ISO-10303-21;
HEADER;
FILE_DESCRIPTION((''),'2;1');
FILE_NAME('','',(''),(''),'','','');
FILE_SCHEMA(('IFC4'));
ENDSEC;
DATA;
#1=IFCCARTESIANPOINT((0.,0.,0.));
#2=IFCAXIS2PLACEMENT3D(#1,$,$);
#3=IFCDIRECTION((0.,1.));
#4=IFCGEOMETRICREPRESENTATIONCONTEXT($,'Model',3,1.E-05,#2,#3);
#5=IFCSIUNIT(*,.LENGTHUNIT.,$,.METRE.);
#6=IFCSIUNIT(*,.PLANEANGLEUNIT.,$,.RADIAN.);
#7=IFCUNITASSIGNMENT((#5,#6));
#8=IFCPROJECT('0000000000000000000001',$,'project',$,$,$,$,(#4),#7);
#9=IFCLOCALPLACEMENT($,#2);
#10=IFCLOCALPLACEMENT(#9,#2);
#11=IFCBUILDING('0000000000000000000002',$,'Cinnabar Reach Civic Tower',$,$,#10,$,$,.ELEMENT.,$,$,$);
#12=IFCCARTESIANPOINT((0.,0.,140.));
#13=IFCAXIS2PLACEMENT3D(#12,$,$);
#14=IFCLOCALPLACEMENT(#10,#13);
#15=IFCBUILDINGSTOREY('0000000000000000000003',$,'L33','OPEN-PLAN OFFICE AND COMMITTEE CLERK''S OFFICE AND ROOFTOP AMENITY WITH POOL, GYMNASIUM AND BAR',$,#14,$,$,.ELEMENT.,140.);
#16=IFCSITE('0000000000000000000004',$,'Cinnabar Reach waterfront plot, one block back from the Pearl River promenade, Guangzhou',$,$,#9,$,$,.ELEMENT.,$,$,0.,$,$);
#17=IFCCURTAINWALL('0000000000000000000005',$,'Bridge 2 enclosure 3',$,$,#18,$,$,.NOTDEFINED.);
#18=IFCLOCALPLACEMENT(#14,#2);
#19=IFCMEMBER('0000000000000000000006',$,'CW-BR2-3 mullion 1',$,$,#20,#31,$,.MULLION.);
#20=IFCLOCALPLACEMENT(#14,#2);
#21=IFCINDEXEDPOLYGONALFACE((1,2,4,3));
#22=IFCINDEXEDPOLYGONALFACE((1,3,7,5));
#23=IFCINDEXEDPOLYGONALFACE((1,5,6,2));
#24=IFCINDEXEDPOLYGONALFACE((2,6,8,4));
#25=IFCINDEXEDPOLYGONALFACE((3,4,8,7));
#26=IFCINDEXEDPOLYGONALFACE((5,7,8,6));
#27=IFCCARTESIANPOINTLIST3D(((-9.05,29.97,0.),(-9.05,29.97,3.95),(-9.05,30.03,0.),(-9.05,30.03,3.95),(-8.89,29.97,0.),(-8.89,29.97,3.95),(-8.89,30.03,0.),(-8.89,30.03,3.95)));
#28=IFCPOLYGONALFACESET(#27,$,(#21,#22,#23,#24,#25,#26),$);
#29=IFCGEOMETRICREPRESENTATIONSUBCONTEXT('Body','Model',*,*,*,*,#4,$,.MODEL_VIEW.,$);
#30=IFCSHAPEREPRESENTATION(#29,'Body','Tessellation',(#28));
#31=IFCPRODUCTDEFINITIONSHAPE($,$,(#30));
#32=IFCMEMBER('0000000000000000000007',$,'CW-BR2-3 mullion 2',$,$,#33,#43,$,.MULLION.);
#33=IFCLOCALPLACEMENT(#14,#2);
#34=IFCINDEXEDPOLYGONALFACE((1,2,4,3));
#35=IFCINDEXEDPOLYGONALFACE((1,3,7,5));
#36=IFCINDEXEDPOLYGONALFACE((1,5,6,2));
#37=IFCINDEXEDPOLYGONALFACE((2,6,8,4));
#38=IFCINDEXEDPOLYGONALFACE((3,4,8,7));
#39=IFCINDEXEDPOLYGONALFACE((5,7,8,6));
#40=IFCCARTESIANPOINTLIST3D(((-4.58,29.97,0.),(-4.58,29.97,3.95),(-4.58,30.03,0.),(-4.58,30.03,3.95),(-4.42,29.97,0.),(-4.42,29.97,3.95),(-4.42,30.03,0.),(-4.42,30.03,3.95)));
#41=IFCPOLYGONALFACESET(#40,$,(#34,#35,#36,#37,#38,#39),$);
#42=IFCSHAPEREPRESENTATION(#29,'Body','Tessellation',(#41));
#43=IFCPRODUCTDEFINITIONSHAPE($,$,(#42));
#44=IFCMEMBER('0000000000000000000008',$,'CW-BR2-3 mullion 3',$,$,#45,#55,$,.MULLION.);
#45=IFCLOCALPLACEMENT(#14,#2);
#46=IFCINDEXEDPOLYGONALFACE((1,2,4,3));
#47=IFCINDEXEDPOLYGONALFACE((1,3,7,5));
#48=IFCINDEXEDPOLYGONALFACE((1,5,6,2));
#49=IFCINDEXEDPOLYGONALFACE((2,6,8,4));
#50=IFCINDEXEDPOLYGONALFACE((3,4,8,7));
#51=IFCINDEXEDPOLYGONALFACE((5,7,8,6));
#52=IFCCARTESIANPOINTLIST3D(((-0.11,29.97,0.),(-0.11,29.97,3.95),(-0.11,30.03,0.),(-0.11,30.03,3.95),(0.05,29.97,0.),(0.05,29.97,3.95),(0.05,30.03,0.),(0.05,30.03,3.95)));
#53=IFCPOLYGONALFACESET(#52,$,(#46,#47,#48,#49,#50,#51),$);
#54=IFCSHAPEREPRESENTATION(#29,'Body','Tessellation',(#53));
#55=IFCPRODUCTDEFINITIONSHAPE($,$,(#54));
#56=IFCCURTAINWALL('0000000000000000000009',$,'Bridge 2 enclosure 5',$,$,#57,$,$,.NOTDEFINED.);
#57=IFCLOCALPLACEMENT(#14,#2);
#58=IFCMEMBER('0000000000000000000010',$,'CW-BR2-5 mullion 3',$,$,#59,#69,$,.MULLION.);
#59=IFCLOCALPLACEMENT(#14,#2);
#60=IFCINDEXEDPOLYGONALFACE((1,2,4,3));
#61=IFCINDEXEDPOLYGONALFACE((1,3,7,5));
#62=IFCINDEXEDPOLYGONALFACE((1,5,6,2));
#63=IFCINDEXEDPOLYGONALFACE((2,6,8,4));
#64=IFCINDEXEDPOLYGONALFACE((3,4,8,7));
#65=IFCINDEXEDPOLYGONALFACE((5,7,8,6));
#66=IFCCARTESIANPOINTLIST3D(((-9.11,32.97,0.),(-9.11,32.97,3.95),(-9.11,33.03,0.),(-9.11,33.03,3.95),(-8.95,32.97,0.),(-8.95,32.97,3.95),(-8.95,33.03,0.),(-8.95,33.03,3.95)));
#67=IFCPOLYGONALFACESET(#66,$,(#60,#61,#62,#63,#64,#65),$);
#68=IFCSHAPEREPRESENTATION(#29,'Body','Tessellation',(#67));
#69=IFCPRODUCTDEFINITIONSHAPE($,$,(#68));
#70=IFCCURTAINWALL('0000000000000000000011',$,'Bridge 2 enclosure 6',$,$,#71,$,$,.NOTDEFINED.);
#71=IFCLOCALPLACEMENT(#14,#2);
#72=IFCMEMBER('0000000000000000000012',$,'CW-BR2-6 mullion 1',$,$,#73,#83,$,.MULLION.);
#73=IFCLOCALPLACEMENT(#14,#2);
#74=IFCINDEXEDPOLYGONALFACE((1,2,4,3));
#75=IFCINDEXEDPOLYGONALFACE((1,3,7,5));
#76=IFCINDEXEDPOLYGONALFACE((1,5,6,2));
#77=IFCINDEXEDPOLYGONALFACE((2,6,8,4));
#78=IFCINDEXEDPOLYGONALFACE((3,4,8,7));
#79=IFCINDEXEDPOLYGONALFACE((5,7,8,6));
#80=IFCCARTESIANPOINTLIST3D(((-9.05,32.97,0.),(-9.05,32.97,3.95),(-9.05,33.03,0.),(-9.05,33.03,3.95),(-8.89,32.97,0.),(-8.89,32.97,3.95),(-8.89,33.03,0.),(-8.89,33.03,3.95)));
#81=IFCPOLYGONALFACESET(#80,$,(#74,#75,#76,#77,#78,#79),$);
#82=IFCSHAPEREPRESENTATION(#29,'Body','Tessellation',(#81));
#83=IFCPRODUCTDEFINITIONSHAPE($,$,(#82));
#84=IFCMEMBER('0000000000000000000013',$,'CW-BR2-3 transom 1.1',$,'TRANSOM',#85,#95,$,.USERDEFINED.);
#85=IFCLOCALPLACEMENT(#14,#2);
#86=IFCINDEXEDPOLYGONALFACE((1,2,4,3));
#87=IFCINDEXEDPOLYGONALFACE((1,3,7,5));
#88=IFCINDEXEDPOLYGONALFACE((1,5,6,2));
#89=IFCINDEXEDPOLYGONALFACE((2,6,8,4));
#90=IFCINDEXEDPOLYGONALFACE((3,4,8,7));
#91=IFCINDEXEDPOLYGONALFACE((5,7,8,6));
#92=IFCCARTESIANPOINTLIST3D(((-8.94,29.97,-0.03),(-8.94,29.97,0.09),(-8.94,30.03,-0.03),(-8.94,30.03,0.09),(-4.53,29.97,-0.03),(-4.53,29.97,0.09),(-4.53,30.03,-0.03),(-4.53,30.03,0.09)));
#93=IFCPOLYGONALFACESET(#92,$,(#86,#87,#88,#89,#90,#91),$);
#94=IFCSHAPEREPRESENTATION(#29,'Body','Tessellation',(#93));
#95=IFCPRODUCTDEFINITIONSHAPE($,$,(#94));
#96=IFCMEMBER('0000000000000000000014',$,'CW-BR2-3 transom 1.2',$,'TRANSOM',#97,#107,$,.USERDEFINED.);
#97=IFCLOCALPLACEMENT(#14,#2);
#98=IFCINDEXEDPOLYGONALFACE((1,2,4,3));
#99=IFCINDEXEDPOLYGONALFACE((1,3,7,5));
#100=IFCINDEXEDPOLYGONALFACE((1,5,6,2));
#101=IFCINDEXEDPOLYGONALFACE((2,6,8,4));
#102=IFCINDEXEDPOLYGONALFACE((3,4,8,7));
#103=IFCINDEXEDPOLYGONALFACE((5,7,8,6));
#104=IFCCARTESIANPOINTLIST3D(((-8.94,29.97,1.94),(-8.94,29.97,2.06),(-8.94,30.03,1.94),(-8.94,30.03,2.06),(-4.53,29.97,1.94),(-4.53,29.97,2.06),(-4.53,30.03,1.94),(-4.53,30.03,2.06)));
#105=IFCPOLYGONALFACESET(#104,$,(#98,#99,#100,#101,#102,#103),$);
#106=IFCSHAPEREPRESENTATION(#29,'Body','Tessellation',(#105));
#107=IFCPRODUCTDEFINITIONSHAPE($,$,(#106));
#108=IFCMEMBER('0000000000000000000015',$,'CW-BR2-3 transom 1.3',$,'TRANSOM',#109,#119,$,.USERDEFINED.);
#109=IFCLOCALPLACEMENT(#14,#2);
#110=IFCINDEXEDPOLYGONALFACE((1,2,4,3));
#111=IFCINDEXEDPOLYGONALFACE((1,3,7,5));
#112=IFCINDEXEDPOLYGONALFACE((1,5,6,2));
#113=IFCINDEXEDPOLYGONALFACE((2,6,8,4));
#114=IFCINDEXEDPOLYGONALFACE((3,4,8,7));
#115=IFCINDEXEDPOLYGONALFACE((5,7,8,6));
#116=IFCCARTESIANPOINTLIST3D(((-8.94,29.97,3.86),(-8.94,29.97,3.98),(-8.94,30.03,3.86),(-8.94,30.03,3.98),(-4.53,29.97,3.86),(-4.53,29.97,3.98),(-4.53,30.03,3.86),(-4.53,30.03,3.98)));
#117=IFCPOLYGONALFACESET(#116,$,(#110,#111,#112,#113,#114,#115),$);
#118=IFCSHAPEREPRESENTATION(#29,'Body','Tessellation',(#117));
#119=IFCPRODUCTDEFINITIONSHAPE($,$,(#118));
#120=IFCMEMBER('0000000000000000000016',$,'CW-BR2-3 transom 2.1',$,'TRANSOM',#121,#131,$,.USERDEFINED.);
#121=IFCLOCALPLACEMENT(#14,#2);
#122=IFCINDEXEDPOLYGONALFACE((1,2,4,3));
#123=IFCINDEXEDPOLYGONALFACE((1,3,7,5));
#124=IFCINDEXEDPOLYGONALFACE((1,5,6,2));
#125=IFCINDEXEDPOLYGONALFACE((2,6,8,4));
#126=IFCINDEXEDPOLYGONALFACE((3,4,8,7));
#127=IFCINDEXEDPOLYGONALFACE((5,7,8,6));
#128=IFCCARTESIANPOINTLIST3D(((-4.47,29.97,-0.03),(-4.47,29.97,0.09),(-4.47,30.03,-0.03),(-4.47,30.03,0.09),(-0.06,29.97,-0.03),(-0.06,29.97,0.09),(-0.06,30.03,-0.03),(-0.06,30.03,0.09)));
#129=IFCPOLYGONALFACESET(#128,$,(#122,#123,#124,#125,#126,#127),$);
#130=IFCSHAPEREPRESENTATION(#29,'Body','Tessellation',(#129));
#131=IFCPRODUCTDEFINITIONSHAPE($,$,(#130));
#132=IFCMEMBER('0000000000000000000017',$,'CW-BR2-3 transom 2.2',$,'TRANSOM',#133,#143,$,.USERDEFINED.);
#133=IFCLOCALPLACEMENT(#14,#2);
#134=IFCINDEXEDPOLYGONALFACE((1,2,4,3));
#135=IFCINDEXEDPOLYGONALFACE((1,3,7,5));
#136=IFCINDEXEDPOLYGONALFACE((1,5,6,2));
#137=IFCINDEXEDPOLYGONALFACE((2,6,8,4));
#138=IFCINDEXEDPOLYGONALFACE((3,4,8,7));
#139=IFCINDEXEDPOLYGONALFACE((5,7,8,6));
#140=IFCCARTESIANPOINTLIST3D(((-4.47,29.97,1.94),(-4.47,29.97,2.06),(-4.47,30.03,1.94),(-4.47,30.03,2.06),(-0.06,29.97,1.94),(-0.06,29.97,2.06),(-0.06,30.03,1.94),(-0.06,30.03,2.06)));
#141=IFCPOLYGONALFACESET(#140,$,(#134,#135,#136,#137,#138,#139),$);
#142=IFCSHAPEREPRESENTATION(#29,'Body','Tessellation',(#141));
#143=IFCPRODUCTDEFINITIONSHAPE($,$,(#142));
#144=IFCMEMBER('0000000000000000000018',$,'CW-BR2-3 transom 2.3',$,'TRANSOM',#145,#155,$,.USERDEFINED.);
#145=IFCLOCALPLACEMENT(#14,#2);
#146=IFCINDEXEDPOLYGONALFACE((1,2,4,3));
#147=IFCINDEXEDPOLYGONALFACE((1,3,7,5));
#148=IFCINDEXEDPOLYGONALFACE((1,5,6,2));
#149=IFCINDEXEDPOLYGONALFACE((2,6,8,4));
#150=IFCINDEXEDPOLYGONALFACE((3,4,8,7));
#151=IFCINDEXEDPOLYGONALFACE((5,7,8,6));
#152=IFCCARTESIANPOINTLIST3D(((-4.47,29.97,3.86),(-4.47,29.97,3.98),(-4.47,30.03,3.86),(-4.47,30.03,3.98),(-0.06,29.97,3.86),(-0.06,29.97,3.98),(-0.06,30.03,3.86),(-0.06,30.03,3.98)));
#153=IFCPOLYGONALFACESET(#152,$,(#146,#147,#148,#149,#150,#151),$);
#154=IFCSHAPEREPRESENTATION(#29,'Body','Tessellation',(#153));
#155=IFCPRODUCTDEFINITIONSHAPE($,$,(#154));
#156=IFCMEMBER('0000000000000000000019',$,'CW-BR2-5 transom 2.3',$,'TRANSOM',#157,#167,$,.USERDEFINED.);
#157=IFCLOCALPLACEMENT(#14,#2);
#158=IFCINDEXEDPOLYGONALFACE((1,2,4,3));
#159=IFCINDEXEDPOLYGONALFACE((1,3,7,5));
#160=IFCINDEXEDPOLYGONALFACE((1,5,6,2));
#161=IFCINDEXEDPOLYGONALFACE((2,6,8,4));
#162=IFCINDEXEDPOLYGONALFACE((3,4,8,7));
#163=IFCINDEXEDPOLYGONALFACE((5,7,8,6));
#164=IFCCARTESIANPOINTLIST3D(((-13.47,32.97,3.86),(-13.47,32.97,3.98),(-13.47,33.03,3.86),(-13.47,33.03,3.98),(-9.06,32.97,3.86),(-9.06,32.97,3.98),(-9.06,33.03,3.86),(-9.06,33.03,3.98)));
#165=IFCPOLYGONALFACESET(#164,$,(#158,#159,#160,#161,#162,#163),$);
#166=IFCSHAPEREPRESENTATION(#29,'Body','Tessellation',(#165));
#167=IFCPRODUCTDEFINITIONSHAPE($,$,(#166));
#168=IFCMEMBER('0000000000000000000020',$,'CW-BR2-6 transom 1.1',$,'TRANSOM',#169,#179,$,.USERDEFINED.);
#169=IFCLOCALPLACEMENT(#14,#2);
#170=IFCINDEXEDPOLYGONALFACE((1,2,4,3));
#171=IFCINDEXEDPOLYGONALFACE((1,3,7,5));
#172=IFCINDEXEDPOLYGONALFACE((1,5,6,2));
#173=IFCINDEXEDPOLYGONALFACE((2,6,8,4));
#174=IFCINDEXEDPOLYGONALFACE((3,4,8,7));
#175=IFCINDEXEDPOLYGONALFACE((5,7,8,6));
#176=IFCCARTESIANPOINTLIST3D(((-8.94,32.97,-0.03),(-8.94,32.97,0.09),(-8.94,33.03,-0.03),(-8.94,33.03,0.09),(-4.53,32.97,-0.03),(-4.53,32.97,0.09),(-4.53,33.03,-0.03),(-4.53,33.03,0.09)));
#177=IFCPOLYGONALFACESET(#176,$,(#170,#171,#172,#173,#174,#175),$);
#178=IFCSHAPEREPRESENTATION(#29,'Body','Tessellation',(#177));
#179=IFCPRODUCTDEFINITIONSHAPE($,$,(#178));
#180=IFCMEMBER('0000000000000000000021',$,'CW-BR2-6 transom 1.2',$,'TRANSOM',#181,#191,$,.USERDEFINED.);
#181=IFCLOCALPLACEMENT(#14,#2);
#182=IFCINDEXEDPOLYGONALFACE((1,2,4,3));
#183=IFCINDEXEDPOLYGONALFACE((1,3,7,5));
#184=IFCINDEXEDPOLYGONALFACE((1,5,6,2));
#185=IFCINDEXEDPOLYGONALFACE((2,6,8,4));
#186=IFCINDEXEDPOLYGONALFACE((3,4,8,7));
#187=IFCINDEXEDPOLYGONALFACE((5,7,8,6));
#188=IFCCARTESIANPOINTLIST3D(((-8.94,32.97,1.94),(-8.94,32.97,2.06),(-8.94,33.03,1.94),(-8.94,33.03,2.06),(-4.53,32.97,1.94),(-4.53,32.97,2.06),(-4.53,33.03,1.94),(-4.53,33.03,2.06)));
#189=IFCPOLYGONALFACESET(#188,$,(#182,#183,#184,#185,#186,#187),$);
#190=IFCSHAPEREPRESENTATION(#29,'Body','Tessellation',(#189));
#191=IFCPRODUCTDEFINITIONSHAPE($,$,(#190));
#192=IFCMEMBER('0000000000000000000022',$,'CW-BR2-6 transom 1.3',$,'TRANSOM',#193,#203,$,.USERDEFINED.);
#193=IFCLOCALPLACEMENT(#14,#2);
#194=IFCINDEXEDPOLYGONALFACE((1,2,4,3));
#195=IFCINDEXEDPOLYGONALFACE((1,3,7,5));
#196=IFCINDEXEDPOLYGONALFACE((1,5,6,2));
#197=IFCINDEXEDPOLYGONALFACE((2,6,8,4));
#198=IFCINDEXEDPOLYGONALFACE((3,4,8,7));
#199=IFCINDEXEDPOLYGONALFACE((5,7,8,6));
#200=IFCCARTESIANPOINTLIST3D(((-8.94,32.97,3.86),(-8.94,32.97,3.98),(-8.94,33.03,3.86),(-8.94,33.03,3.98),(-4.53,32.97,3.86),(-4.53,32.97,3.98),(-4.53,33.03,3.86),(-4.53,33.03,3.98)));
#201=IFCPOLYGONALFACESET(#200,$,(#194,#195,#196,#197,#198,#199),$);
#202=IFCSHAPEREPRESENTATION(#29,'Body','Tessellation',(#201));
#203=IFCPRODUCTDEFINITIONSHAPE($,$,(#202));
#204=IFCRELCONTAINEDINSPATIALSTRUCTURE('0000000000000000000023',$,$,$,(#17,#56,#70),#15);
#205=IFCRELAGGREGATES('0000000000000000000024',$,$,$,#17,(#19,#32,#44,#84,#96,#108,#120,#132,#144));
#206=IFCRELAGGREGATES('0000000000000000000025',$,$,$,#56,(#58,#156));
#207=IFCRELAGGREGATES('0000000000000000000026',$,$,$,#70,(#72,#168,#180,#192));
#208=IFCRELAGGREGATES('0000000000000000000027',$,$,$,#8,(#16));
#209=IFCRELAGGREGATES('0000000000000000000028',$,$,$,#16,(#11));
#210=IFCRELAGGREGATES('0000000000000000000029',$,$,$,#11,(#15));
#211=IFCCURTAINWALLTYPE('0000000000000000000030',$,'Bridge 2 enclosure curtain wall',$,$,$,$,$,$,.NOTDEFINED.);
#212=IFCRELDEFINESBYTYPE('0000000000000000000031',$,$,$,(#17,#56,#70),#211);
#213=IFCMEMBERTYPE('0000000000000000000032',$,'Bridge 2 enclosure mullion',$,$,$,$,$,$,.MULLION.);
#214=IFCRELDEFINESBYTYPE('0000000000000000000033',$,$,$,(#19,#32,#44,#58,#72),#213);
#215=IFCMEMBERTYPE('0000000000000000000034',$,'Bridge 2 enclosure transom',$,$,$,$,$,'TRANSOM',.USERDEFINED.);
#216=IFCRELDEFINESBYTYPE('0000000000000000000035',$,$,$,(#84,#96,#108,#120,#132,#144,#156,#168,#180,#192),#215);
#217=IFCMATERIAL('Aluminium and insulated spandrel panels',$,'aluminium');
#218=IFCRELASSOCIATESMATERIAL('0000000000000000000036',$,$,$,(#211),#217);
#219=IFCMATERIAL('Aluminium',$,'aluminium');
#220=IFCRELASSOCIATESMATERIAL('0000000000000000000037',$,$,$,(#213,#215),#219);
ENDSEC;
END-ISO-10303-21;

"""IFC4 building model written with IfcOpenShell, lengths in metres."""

from ifc_helpers import new_model, si_unit, direction, frame, origin, origin_2d, place, context, subcontext, project, spatial, rectangle, extrude, material, material_profile, profile_set, type_object, element, aggregate, save


model = new_model("IFC4")

# Units and contexts
model_context = context("Model", 3, precision=1e-05, world=origin(), true_north=direction((0.0, 1.0)))
body_context = subcontext(model_context, "Body", "Model", "MODEL_VIEW")
ifc_project = project(units=[si_unit("LENGTHUNIT", "METRE"), si_unit("PLANEANGLEUNIT", "RADIAN")], contexts=[model_context])

# Site, building, storey
site_placement = place(None, origin())
site = spatial("IfcSite", under=ifc_project, at=site_placement, Name="Cinnabar Reach waterfront plot, one block back from the Pearl River promenade, Guangzhou", CompositionType="ELEMENT", RefElevation=0.0)
building_placement = place(site_placement, origin())
building = spatial("IfcBuilding", under=site, at=building_placement, Name="Cinnabar Reach Civic Tower", CompositionType="ELEMENT")
storey_placement = place(building_placement, frame((0.0, 0.0, 140.0)))
storey = spatial("IfcBuildingStorey", under=building, at=storey_placement, Name="L33", Description="OPEN-PLAN OFFICE AND COMMITTEE CLERK'S OFFICE AND ROOFTOP AMENITY WITH POOL, GYMNASIUM AND BAR", CompositionType="ELEMENT", Elevation=140.0)

# Curtain wall, members
ifc_material_1 = material(Name="Aluminium and insulated spandrel panels", Category="aluminium")
curtain_wall_type = type_object("IfcCurtainWallType", Name="Bridge 2 enclosure curtain wall", PredefinedType="NOTDEFINED", material=ifc_material_1)
curtain_wall_1_placement = place(storey_placement, origin())
curtain_wall_1 = element("IfcCurtainWall", 1, at=curtain_wall_1_placement, inside=storey, type_object=curtain_wall_type, Name="Bridge 2 enclosure 3", PredefinedType="NOTDEFINED")
ifc_material_2 = material(Name="Aluminium", Category="aluminium")
ifc_material_profile_1 = material_profile(ifc_material_2, rectangle(XDim=0.06, YDim=0.16, at=origin_2d()), Name="Bridge 2 enclosure mullion")
ifc_profile_set_1 = profile_set([ifc_material_profile_1], Name="Aluminium")
member_type_1 = type_object("IfcMemberType", Name="Bridge 2 enclosure mullion", PredefinedType="MULLION", material=ifc_profile_set_1)
member_1_placement = place(storey_placement, frame((-8.97, 30.0, 0.0), z_axis=(0.0, 0.0, 1.0), x_axis=(0.0, 1.0, 0.0)))
member_1 = element("IfcMember", 2, at=member_1_placement, type_object=member_type_1, Name="CW-BR2-3 mullion 1", PredefinedType="MULLION", context=body_context, shape_type="SweptSolid", body=[
    extrude(rectangle(XDim=0.06, YDim=0.16, at=origin_2d()), origin(), (0.0, 0.0, 1.0), 3.95),
])
member_2_placement = place(storey_placement, frame((-4.5, 30.0, 0.0), z_axis=(0.0, 0.0, 1.0), x_axis=(0.0, 1.0, 0.0)))
member_2 = element("IfcMember", 3, at=member_2_placement, type_object=member_type_1, Name="CW-BR2-3 mullion 2", PredefinedType="MULLION", context=body_context, shape_type="SweptSolid", body=[
    extrude(rectangle(XDim=0.06, YDim=0.16, at=origin_2d()), origin(), (0.0, 0.0, 1.0), 3.95),
])
member_3_placement = place(storey_placement, frame((-0.03, 30.0, 0.0), z_axis=(0.0, 0.0, 1.0), x_axis=(0.0, 1.0, 0.0)))
member_3 = element("IfcMember", 4, at=member_3_placement, type_object=member_type_1, Name="CW-BR2-3 mullion 3", PredefinedType="MULLION", context=body_context, shape_type="SweptSolid", body=[
    extrude(rectangle(XDim=0.06, YDim=0.16, at=origin_2d()), origin(), (0.0, 0.0, 1.0), 3.95),
])

# Curtain walls, members
curtain_wall_2_placement = place(storey_placement, origin())
curtain_wall_2 = element("IfcCurtainWall", 5, at=curtain_wall_2_placement, inside=storey, type_object=curtain_wall_type, Name="Bridge 2 enclosure 5", PredefinedType="NOTDEFINED")
member_4_placement = place(storey_placement, frame((-9.03, 33.0, 0.0), z_axis=(0.0, 0.0, 1.0), x_axis=(0.0, 1.0, 0.0)))
member_4 = element("IfcMember", 6, at=member_4_placement, type_object=member_type_1, Name="CW-BR2-5 mullion 3", PredefinedType="MULLION", context=body_context, shape_type="SweptSolid", body=[
    extrude(rectangle(XDim=0.06, YDim=0.16, at=origin_2d()), origin(), (0.0, 0.0, 1.0), 3.95),
])
curtain_wall_3_placement = place(storey_placement, origin())
curtain_wall_3 = element("IfcCurtainWall", 7, at=curtain_wall_3_placement, inside=storey, type_object=curtain_wall_type, Name="Bridge 2 enclosure 6", PredefinedType="NOTDEFINED")
member_5_placement = place(storey_placement, frame((-8.97, 33.0, 0.0), z_axis=(0.0, 0.0, 1.0), x_axis=(0.0, 1.0, 0.0)))
member_5 = element("IfcMember", 8, at=member_5_placement, type_object=member_type_1, Name="CW-BR2-6 mullion 1", PredefinedType="MULLION", context=body_context, shape_type="SweptSolid", body=[
    extrude(rectangle(XDim=0.06, YDim=0.16, at=origin_2d()), origin(), (0.0, 0.0, 1.0), 3.95),
])

# Members
ifc_material_profile_2 = material_profile(ifc_material_2, rectangle(XDim=0.06, YDim=0.12, at=origin_2d()), Name="Bridge 2 enclosure transom")
ifc_profile_set_2 = profile_set([ifc_material_profile_2], Name="Aluminium")
member_type_2 = type_object("IfcMemberType", Name="Bridge 2 enclosure transom", ElementType="TRANSOM", PredefinedType="USERDEFINED", material=ifc_profile_set_2)
member_6_placement = place(storey_placement, frame((-8.94, 30.0, 0.03), z_axis=(1.0, 0.0, 0.0), x_axis=(0.0, 1.0, 0.0)))
member_6 = element("IfcMember", 9, at=member_6_placement, type_object=member_type_2, Name="CW-BR2-3 transom 1.1", ObjectType="TRANSOM", PredefinedType="USERDEFINED", context=body_context, shape_type="SweptSolid", body=[
    extrude(rectangle(XDim=0.06, YDim=0.12, at=origin_2d()), origin(), (0.0, 0.0, 1.0), 4.41),
])
member_7_placement = place(storey_placement, frame((-8.94, 30.0, 2.0), z_axis=(1.0, 0.0, 0.0), x_axis=(0.0, 1.0, 0.0)))
member_7 = element("IfcMember", 10, at=member_7_placement, type_object=member_type_2, Name="CW-BR2-3 transom 1.2", ObjectType="TRANSOM", PredefinedType="USERDEFINED", context=body_context, shape_type="SweptSolid", body=[
    extrude(rectangle(XDim=0.06, YDim=0.12, at=origin_2d()), origin(), (0.0, 0.0, 1.0), 4.41),
])
member_8_placement = place(storey_placement, frame((-8.94, 30.0, 3.92), z_axis=(1.0, 0.0, 0.0), x_axis=(0.0, 1.0, 0.0)))
member_8 = element("IfcMember", 11, at=member_8_placement, type_object=member_type_2, Name="CW-BR2-3 transom 1.3", ObjectType="TRANSOM", PredefinedType="USERDEFINED", context=body_context, shape_type="SweptSolid", body=[
    extrude(rectangle(XDim=0.06, YDim=0.12, at=origin_2d()), origin(), (0.0, 0.0, 1.0), 4.41),
])
member_9_placement = place(storey_placement, frame((-4.47, 30.0, 0.03), z_axis=(1.0, 0.0, 0.0), x_axis=(0.0, 1.0, 0.0)))
member_9 = element("IfcMember", 12, at=member_9_placement, type_object=member_type_2, Name="CW-BR2-3 transom 2.1", ObjectType="TRANSOM", PredefinedType="USERDEFINED", context=body_context, shape_type="SweptSolid", body=[
    extrude(rectangle(XDim=0.06, YDim=0.12, at=origin_2d()), origin(), (0.0, 0.0, 1.0), 4.41),
])
member_10_placement = place(storey_placement, frame((-4.47, 30.0, 2.0), z_axis=(1.0, 0.0, 0.0), x_axis=(0.0, 1.0, 0.0)))
member_10 = element("IfcMember", 13, at=member_10_placement, type_object=member_type_2, Name="CW-BR2-3 transom 2.2", ObjectType="TRANSOM", PredefinedType="USERDEFINED", context=body_context, shape_type="SweptSolid", body=[
    extrude(rectangle(XDim=0.06, YDim=0.12, at=origin_2d()), origin(), (0.0, 0.0, 1.0), 4.41),
])
member_11_placement = place(storey_placement, frame((-4.47, 30.0, 3.92), z_axis=(1.0, 0.0, 0.0), x_axis=(0.0, 1.0, 0.0)))
member_11 = element("IfcMember", 14, at=member_11_placement, type_object=member_type_2, Name="CW-BR2-3 transom 2.3", ObjectType="TRANSOM", PredefinedType="USERDEFINED", context=body_context, shape_type="SweptSolid", body=[
    extrude(rectangle(XDim=0.06, YDim=0.12, at=origin_2d()), origin(), (0.0, 0.0, 1.0), 4.41),
])
member_12_placement = place(storey_placement, frame((-13.47, 33.0, 3.92), z_axis=(1.0, 0.0, 0.0), x_axis=(0.0, 1.0, 0.0)))
member_12 = element("IfcMember", 15, at=member_12_placement, type_object=member_type_2, Name="CW-BR2-5 transom 2.3", ObjectType="TRANSOM", PredefinedType="USERDEFINED", context=body_context, shape_type="SweptSolid", body=[
    extrude(rectangle(XDim=0.06, YDim=0.12, at=origin_2d()), origin(), (0.0, 0.0, 1.0), 4.41),
])
member_13_placement = place(storey_placement, frame((-8.94, 33.0, 0.03), z_axis=(1.0, 0.0, 0.0), x_axis=(0.0, 1.0, 0.0)))
member_13 = element("IfcMember", 16, at=member_13_placement, type_object=member_type_2, Name="CW-BR2-6 transom 1.1", ObjectType="TRANSOM", PredefinedType="USERDEFINED", context=body_context, shape_type="SweptSolid", body=[
    extrude(rectangle(XDim=0.06, YDim=0.12, at=origin_2d()), origin(), (0.0, 0.0, 1.0), 4.41),
])
member_14_placement = place(storey_placement, frame((-8.94, 33.0, 2.0), z_axis=(1.0, 0.0, 0.0), x_axis=(0.0, 1.0, 0.0)))
member_14 = element("IfcMember", 17, at=member_14_placement, type_object=member_type_2, Name="CW-BR2-6 transom 1.2", ObjectType="TRANSOM", PredefinedType="USERDEFINED", context=body_context, shape_type="SweptSolid", body=[
    extrude(rectangle(XDim=0.06, YDim=0.12, at=origin_2d()), origin(), (0.0, 0.0, 1.0), 4.41),
])
member_15_placement = place(storey_placement, frame((-8.94, 33.0, 3.92), z_axis=(1.0, 0.0, 0.0), x_axis=(0.0, 1.0, 0.0)))
member_15 = element("IfcMember", 18, at=member_15_placement, type_object=member_type_2, Name="CW-BR2-6 transom 1.3", ObjectType="TRANSOM", PredefinedType="USERDEFINED", context=body_context, shape_type="SweptSolid", body=[
    extrude(rectangle(XDim=0.06, YDim=0.12, at=origin_2d()), origin(), (0.0, 0.0, 1.0), 4.41),
])

aggregate(curtain_wall_1, [member_1, member_2, member_3, member_6, member_7, member_8, member_9, member_10, member_11])
aggregate(curtain_wall_2, [member_4, member_12])
aggregate(curtain_wall_3, [member_5, member_13, member_14, member_15])

save(model, "model.ifc")
